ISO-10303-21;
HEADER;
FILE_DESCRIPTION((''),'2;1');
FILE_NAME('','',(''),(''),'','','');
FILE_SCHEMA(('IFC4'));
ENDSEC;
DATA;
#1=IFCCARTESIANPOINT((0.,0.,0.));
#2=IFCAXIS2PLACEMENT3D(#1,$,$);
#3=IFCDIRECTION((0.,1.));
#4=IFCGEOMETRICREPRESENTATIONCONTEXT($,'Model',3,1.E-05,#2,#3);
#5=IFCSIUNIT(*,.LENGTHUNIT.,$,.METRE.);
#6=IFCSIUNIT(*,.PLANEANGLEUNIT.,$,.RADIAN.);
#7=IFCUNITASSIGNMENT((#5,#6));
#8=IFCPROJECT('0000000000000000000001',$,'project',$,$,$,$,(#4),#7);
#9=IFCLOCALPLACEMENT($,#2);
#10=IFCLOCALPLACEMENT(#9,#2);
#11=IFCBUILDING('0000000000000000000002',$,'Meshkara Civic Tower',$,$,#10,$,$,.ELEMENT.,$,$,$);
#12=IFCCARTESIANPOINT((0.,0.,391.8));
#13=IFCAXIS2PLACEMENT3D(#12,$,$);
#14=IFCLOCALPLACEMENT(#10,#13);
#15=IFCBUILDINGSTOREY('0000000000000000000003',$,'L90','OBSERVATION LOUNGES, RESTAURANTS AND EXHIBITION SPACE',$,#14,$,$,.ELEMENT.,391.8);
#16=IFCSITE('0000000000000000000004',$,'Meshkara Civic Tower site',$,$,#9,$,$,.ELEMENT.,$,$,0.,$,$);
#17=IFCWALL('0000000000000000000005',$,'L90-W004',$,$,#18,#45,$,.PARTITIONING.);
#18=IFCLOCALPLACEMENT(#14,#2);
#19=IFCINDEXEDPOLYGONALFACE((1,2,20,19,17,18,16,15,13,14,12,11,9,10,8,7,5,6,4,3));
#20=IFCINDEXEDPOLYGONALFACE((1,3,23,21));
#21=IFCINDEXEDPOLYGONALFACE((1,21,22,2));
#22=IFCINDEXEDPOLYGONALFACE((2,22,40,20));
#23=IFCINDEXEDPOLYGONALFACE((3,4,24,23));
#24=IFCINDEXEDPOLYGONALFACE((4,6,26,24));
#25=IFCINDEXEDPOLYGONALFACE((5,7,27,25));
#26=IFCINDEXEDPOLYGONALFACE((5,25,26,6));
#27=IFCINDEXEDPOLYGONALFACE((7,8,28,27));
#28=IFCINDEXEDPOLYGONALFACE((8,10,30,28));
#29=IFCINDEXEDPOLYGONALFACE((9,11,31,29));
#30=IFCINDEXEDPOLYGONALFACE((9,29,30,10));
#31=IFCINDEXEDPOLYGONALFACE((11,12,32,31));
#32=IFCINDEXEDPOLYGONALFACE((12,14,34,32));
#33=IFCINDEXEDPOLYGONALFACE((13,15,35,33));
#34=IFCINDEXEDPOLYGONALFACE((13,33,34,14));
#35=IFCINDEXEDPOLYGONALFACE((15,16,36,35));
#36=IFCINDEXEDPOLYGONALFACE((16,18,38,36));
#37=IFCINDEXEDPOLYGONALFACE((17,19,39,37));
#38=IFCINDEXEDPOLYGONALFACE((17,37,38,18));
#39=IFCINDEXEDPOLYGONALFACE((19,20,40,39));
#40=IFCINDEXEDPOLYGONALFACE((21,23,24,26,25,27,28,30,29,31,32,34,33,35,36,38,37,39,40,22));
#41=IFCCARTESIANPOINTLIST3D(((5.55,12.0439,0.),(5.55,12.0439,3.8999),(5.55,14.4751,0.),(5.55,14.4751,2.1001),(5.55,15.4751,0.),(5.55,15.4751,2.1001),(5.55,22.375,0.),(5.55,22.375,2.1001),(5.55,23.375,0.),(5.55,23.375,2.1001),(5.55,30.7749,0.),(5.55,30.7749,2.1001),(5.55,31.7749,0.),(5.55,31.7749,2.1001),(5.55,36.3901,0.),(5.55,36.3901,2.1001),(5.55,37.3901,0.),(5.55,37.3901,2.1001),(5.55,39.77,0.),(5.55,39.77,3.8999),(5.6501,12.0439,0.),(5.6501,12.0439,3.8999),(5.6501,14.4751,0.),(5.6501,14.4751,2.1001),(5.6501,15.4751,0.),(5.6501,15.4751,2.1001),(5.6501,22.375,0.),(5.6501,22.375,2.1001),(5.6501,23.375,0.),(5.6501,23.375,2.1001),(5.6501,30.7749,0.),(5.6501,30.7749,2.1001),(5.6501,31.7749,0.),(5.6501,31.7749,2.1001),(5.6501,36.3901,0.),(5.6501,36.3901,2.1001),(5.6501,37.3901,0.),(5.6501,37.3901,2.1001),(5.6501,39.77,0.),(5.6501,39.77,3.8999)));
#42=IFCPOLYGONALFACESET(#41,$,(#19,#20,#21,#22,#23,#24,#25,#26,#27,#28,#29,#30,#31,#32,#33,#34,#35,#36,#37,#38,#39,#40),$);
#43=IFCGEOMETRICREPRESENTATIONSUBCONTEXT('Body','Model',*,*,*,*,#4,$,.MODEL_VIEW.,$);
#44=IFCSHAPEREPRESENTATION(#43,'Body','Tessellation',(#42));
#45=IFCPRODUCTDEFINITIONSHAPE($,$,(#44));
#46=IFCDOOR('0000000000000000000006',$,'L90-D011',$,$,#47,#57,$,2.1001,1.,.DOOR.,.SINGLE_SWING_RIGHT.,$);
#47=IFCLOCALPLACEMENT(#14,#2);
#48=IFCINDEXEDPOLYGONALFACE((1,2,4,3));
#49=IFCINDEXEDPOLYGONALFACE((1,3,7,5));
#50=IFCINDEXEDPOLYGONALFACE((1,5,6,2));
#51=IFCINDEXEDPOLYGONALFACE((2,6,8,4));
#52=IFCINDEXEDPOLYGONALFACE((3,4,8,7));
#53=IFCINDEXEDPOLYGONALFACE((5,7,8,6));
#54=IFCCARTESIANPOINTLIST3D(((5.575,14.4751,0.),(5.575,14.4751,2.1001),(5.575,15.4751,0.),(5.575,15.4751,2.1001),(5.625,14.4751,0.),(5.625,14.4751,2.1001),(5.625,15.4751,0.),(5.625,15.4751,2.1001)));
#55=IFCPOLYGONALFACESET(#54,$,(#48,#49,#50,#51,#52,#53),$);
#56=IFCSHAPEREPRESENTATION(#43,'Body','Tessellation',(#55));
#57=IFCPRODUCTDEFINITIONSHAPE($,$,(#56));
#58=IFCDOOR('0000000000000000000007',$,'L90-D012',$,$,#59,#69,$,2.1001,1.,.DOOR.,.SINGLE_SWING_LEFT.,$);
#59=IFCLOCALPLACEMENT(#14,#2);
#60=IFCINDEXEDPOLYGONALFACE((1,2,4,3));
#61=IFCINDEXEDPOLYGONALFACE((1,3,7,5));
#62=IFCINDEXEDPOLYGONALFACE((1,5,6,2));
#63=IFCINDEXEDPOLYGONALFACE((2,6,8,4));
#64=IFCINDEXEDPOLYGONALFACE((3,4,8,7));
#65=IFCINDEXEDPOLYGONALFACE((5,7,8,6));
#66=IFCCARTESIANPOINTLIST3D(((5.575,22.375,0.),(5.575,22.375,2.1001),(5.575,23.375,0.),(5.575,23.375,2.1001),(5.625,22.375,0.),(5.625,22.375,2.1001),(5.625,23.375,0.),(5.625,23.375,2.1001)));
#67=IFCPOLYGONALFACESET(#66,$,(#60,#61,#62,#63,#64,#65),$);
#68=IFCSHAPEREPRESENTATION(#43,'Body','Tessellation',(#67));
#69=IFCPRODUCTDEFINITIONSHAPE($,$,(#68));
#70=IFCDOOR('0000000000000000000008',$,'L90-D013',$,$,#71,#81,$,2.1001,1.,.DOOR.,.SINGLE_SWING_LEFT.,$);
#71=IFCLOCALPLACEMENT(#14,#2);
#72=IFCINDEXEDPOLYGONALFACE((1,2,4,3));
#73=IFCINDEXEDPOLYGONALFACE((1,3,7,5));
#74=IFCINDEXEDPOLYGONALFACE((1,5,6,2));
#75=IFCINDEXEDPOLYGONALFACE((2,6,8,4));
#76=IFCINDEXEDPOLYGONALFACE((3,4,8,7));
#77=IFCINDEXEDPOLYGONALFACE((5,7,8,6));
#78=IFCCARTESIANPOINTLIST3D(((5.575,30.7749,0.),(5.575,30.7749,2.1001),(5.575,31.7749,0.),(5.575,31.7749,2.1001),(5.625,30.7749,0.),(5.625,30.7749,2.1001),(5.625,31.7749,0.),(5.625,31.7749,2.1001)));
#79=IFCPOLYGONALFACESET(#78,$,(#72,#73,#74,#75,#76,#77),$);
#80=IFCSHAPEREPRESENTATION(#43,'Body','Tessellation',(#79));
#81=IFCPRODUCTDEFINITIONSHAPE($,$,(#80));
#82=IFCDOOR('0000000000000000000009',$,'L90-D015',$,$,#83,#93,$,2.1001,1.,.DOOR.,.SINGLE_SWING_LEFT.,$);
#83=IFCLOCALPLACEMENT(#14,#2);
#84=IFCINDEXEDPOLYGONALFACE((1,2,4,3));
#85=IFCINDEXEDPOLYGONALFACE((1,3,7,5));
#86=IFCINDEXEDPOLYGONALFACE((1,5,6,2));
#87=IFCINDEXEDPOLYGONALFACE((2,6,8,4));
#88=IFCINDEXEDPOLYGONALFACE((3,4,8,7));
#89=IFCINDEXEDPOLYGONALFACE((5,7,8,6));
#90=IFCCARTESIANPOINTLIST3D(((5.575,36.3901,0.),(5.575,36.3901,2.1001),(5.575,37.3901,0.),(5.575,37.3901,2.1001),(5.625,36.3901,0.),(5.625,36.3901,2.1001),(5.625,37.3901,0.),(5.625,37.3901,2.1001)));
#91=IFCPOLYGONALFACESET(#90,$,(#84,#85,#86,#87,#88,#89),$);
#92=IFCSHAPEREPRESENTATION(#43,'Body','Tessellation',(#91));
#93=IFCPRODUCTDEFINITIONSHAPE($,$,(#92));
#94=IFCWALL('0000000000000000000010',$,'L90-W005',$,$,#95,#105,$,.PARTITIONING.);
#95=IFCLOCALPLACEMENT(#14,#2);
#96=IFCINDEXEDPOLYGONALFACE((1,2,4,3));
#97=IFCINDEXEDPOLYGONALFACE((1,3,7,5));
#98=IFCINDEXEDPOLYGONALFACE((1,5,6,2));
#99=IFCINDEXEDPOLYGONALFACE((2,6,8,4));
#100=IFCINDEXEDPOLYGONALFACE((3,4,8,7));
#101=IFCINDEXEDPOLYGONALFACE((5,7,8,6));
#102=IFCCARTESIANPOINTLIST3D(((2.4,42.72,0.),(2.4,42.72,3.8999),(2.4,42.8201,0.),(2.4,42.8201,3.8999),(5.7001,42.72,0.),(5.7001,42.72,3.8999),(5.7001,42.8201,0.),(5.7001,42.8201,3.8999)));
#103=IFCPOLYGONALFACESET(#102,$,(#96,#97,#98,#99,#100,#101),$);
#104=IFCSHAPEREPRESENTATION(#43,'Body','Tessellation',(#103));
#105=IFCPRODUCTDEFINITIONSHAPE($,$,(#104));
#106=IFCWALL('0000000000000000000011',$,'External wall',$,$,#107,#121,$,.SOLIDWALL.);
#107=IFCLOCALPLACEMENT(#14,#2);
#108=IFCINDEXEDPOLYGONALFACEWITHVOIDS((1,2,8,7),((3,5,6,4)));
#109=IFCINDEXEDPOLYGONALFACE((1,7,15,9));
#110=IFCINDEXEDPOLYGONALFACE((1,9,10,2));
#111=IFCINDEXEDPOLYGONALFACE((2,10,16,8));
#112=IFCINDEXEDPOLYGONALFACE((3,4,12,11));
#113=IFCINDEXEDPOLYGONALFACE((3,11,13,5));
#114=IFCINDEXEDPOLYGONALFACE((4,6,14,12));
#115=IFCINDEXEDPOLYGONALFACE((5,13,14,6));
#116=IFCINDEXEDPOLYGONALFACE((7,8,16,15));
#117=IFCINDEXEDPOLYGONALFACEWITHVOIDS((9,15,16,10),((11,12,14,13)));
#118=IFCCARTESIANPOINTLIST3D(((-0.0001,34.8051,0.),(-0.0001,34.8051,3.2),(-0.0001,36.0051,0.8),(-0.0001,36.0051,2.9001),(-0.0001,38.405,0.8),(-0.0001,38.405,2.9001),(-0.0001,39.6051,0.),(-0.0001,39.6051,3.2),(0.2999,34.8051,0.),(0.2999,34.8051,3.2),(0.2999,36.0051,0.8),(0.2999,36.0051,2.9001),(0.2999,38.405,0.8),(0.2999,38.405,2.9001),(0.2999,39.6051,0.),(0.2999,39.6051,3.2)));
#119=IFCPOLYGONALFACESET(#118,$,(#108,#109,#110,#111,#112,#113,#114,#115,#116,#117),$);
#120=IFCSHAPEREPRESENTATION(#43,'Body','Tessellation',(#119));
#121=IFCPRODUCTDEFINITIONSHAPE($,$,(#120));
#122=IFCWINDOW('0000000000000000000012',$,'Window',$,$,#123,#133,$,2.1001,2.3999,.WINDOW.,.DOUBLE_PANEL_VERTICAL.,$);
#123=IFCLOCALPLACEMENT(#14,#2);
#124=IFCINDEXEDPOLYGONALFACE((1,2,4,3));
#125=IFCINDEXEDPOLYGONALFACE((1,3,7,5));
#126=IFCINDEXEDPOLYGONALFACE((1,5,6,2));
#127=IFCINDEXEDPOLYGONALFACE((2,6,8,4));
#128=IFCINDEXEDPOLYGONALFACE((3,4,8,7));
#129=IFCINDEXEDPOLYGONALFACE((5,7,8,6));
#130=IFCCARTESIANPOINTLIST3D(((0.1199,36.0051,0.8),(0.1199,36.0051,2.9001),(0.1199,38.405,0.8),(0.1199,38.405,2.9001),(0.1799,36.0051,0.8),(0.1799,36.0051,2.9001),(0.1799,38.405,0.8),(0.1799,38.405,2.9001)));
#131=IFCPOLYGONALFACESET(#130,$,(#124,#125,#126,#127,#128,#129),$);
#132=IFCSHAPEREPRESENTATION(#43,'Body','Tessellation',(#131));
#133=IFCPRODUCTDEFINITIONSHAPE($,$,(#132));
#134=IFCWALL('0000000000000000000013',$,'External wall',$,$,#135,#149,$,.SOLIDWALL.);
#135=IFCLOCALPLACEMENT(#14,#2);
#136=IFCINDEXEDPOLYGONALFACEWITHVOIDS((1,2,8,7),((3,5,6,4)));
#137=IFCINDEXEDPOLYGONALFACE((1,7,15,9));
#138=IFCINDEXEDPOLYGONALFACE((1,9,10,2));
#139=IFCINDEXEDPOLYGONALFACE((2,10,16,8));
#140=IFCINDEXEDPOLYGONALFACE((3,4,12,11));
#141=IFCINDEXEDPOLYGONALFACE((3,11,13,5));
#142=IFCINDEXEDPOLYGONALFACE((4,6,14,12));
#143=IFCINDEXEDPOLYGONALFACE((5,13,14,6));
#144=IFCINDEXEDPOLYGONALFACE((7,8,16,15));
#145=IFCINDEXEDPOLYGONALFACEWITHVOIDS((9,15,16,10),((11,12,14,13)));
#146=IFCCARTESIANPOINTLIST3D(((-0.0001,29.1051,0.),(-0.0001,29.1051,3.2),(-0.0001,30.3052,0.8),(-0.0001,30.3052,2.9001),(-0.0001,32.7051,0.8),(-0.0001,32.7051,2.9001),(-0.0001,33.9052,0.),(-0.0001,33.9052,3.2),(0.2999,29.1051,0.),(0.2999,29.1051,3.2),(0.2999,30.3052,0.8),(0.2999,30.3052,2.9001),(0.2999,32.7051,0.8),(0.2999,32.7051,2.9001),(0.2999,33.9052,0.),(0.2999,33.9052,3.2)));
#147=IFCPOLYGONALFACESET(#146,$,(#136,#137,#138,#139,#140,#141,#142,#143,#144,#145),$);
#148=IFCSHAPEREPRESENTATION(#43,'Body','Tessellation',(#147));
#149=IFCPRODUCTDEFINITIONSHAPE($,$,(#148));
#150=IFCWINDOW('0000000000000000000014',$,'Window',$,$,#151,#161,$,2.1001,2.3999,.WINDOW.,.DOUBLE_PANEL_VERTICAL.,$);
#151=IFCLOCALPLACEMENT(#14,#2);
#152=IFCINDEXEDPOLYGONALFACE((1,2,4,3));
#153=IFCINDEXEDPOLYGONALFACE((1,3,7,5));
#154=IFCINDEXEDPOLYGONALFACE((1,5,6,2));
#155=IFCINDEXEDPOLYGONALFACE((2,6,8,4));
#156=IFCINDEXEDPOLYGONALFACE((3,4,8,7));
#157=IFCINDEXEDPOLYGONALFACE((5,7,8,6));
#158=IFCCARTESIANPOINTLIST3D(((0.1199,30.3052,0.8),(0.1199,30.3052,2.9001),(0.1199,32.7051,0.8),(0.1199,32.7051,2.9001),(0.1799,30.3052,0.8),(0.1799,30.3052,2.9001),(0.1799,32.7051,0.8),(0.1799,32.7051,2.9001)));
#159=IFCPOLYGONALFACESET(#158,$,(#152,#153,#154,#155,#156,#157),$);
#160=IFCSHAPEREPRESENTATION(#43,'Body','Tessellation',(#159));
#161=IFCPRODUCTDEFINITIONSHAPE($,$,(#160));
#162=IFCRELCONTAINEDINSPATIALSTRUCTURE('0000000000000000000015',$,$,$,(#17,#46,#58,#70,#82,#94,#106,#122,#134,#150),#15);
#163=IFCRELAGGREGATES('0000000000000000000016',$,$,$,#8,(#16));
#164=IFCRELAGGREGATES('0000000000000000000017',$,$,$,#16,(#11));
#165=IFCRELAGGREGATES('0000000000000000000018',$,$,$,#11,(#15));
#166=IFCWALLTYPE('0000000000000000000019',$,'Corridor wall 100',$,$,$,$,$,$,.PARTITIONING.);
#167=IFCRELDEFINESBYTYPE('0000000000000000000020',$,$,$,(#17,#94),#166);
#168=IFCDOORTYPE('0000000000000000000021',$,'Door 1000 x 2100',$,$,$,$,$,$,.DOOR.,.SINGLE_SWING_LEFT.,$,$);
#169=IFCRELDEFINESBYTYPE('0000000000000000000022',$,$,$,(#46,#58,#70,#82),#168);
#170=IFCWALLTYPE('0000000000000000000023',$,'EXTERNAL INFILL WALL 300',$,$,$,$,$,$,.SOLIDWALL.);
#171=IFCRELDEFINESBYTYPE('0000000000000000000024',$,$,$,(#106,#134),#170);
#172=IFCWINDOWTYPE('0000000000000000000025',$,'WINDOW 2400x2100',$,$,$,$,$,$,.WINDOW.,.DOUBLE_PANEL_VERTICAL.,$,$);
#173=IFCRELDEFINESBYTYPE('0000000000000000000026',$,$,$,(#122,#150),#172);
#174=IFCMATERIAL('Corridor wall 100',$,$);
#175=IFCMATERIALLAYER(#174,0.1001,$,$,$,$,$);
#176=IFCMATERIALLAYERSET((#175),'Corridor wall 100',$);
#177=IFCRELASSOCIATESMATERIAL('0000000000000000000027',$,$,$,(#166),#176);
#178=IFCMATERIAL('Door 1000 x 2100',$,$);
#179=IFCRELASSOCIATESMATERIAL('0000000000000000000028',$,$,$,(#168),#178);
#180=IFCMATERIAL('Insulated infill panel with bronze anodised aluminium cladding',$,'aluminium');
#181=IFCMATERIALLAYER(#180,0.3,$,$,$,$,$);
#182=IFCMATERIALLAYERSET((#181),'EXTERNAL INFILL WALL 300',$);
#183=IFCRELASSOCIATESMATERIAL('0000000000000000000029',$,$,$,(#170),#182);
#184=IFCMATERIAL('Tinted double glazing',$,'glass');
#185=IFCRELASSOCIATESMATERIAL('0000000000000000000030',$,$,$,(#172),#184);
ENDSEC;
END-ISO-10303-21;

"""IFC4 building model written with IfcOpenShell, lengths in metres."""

from ifc_helpers import new_model, si_unit, direction, frame, frame_2d, origin, place, context, subcontext, project, spatial, rectangle, extrude, material, layer, layer_set, type_object, element, fill, save


model = new_model("IFC4")

# Units and contexts
model_context = context("Model", 3, precision=1e-05, world=origin(), true_north=direction((0.0, 1.0)))
body_context = subcontext(model_context, "Body", "Model", "MODEL_VIEW")
ifc_project = project(units=[si_unit("LENGTHUNIT", "METRE"), si_unit("PLANEANGLEUNIT", "RADIAN")], contexts=[model_context])

# Site, building, storey
site_placement = place(None, origin())
site = spatial("IfcSite", under=ifc_project, at=site_placement, Name="Meshkara Civic Tower site", CompositionType="ELEMENT", RefElevation=0.0)
building_placement = place(site_placement, origin())
building = spatial("IfcBuilding", under=site, at=building_placement, Name="Meshkara Civic Tower", CompositionType="ELEMENT")
storey_placement = place(building_placement, frame((0.0, 0.0, 391.8)))
storey = spatial("IfcBuildingStorey", under=building, at=storey_placement, Name="L90", Description="OBSERVATION LOUNGES, RESTAURANTS AND EXHIBITION SPACE", CompositionType="ELEMENT", Elevation=391.8)

# Shared definitions
ifc_material_1 = material(Name="Corridor wall 100")
ifc_layer_1 = layer(ifc_material_1, 0.1001)
ifc_layer_set_1 = layer_set([ifc_layer_1], Name="Corridor wall 100")
wall_type_1 = type_object("IfcWallType", Name="Corridor wall 100", PredefinedType="PARTITIONING", material=ifc_layer_set_1)

# Wall, openings, doors
wall_1_placement = place(storey_placement, frame((5.6001, 39.77, 0.0), z_axis=(0.0, 0.0, 1.0), x_axis=(0.0, -1.0, 0.0)))
wall_1 = element("IfcWall", 1, at=wall_1_placement, inside=storey, type_object=wall_type_1, Name="L90-W004", PredefinedType="PARTITIONING", context=body_context, shape_type="SweptSolid", body=[
    extrude(rectangle(XDim=27.7261, YDim=0.1001, at=frame_2d((13.863, 0.0))), origin(), (0.0, 0.0, 1.0), 3.8999),
])
opening_1_placement = place(wall_1_placement, frame((24.2949, 0.0, 0.0)))
opening_1 = element("IfcOpeningElement", 2, at=opening_1_placement, cuts=wall_1, PredefinedType="OPENING", context=body_context, shape_type="SweptSolid", body=[
    extrude(rectangle(XDim=1.0, YDim=2.1001, at=frame_2d((0.5, 1.05))), frame((0.0, 0.0601, 0.0), z_axis=(0.0, -1.0, 0.0), x_axis=(1.0, 0.0, 0.0)), (0.0, 0.0, 1.0), 0.1201),
])
opening_2_placement = place(wall_1_placement, frame((16.395, 0.0, 0.0)))
opening_2 = element("IfcOpeningElement", 3, at=opening_2_placement, cuts=wall_1, PredefinedType="OPENING", context=body_context, shape_type="SweptSolid", body=[
    extrude(rectangle(XDim=1.0, YDim=2.1001, at=frame_2d((0.5, 1.05))), frame((0.0, 0.0601, 0.0), z_axis=(0.0, -1.0, 0.0), x_axis=(1.0, 0.0, 0.0)), (0.0, 0.0, 1.0), 0.1201),
])
opening_3_placement = place(wall_1_placement, frame((7.9951, 0.0, 0.0)))
opening_3 = element("IfcOpeningElement", 4, at=opening_3_placement, cuts=wall_1, PredefinedType="OPENING", context=body_context, shape_type="SweptSolid", body=[
    extrude(rectangle(XDim=1.0, YDim=2.1001, at=frame_2d((0.5, 1.05))), frame((0.0, 0.0601, 0.0), z_axis=(0.0, -1.0, 0.0), x_axis=(1.0, 0.0, 0.0)), (0.0, 0.0, 1.0), 0.1201),
])
opening_4_placement = place(wall_1_placement, frame((2.3799, 0.0, 0.0)))
opening_4 = element("IfcOpeningElement", 5, at=opening_4_placement, cuts=wall_1, PredefinedType="OPENING", context=body_context, shape_type="SweptSolid", body=[
    extrude(rectangle(XDim=1.0, YDim=2.1001, at=frame_2d((0.5, 1.05))), frame((0.0, 0.0601, 0.0), z_axis=(0.0, -1.0, 0.0), x_axis=(1.0, 0.0, 0.0)), (0.0, 0.0, 1.0), 0.1201),
])
ifc_material_2 = material(Name="Door 1000 x 2100")
door_type_1 = type_object("IfcDoorType", Name="Door 1000 x 2100", OperationType="SINGLE_SWING_LEFT", PredefinedType="DOOR", material=ifc_material_2)
door_1_placement = place(opening_1_placement, origin())
door_1 = element("IfcDoor", 6, at=door_1_placement, inside=storey, type_object=door_type_1, Name="L90-D011", OperationType="SINGLE_SWING_RIGHT", OverallHeight=2.1001, OverallWidth=1.0, PredefinedType="DOOR", context=body_context, shape_type="SweptSolid", body=[
    extrude(rectangle(XDim=1.0, YDim=2.1001, at=frame_2d((0.5, 1.05))), frame((0.0, 0.0249, 0.0), z_axis=(0.0, -1.0, 0.0), x_axis=(1.0, 0.0, 0.0)), (0.0, 0.0, 1.0), 0.05),
])
fill(opening_1, door_1)
door_2_placement = place(opening_2_placement, origin())
door_2 = element("IfcDoor", 7, at=door_2_placement, inside=storey, type_object=door_type_1, Name="L90-D012", OperationType="SINGLE_SWING_LEFT", OverallHeight=2.1001, OverallWidth=1.0, PredefinedType="DOOR", context=body_context, shape_type="SweptSolid", body=[
    extrude(rectangle(XDim=1.0, YDim=2.1001, at=frame_2d((0.5, 1.05))), frame((0.0, 0.0249, 0.0), z_axis=(0.0, -1.0, 0.0), x_axis=(1.0, 0.0, 0.0)), (0.0, 0.0, 1.0), 0.05),
])
fill(opening_2, door_2)
door_3_placement = place(opening_3_placement, origin())
door_3 = element("IfcDoor", 8, at=door_3_placement, inside=storey, type_object=door_type_1, Name="L90-D013", OperationType="SINGLE_SWING_LEFT", OverallHeight=2.1001, OverallWidth=1.0, PredefinedType="DOOR", context=body_context, shape_type="SweptSolid", body=[
    extrude(rectangle(XDim=1.0, YDim=2.1001, at=frame_2d((0.5, 1.05))), frame((0.0, 0.0249, 0.0), z_axis=(0.0, -1.0, 0.0), x_axis=(1.0, 0.0, 0.0)), (0.0, 0.0, 1.0), 0.05),
])
fill(opening_3, door_3)
door_4_placement = place(opening_4_placement, origin())
door_4 = element("IfcDoor", 9, at=door_4_placement, inside=storey, type_object=door_type_1, Name="L90-D015", OperationType="SINGLE_SWING_LEFT", OverallHeight=2.1001, OverallWidth=1.0, PredefinedType="DOOR", context=body_context, shape_type="SweptSolid", body=[
    extrude(rectangle(XDim=1.0, YDim=2.1001, at=frame_2d((0.5, 1.05))), frame((0.0, 0.0249, 0.0), z_axis=(0.0, -1.0, 0.0), x_axis=(1.0, 0.0, 0.0)), (0.0, 0.0, 1.0), 0.05),
])
fill(opening_4, door_4)

# Wall
wall_2_placement = place(storey_placement, frame((5.7, 42.77, 0.0), z_axis=(0.0, 0.0, 1.0), x_axis=(-1.0, 0.0, 0.0)))
element("IfcWall", 10, at=wall_2_placement, inside=storey, type_object=wall_type_1, Name="L90-W005", PredefinedType="PARTITIONING", context=body_context, shape_type="SweptSolid", body=[
    extrude(rectangle(XDim=3.3, YDim=0.1001, at=frame_2d((1.6499, 0.0))), origin(), (0.0, 0.0, 1.0), 3.8999),
])

# Walls, openings, windows
ifc_material_3 = material(Name="Insulated infill panel with bronze anodised aluminium cladding", Category="aluminium")
ifc_layer_2 = layer(ifc_material_3, 0.3)
ifc_layer_set_2 = layer_set([ifc_layer_2], Name="EXTERNAL INFILL WALL 300")
wall_type_2 = type_object("IfcWallType", Name="EXTERNAL INFILL WALL 300", PredefinedType="SOLIDWALL", material=ifc_layer_set_2)
wall_3_placement = place(storey_placement, frame((0.1499, 39.605, 0.0), z_axis=(0.0, 0.0, 1.0), x_axis=(0.0, -1.0, 0.0)))
wall_3 = element("IfcWall", 11, at=wall_3_placement, inside=storey, type_object=wall_type_2, Name="External wall", PredefinedType="SOLIDWALL", context=body_context, shape_type="SweptSolid", body=[
    extrude(rectangle(XDim=4.8, YDim=0.3, at=frame_2d((2.3999, 0.0))), origin(), (0.0, 0.0, 1.0), 3.2),
])
opening_5_placement = place(wall_3_placement, frame((1.2, 0.0, 0.8)))
opening_5 = element("IfcOpeningElement", 12, at=opening_5_placement, cuts=wall_3, PredefinedType="OPENING", context=body_context, shape_type="SweptSolid", body=[
    extrude(rectangle(XDim=2.3999, YDim=2.1001, at=frame_2d((1.2, 1.05))), frame((0.0, 0.1599, 0.0), z_axis=(0.0, -1.0, 0.0), x_axis=(1.0, 0.0, 0.0)), (0.0, 0.0, 1.0), 0.3201),
])
ifc_material_4 = material(Name="Tinted double glazing", Category="glass")
window_type = type_object("IfcWindowType", Name="WINDOW 2400x2100", PartitioningType="DOUBLE_PANEL_VERTICAL", PredefinedType="WINDOW", material=ifc_material_4)
window_1_placement = place(opening_5_placement, origin())
window_1 = element("IfcWindow", 13, at=window_1_placement, inside=storey, type_object=window_type, Name="Window", OverallHeight=2.1001, OverallWidth=2.3999, PartitioningType="DOUBLE_PANEL_VERTICAL", PredefinedType="WINDOW", context=body_context, shape_type="SweptSolid", body=[
    extrude(rectangle(XDim=2.3999, YDim=2.1001, at=frame_2d((1.2, 1.05))), frame((0.0, 0.03, 0.0), z_axis=(0.0, -1.0, 0.0), x_axis=(1.0, 0.0, 0.0)), (0.0, 0.0, 1.0), 0.0601),
])
fill(opening_5, window_1)
wall_4_placement = place(storey_placement, frame((0.1499, 33.905, 0.0), z_axis=(0.0, 0.0, 1.0), x_axis=(0.0, -1.0, 0.0)))
wall_4 = element("IfcWall", 14, at=wall_4_placement, inside=storey, type_object=wall_type_2, Name="External wall", PredefinedType="SOLIDWALL", context=body_context, shape_type="SweptSolid", body=[
    extrude(rectangle(XDim=4.8, YDim=0.3, at=frame_2d((2.3999, 0.0))), origin(), (0.0, 0.0, 1.0), 3.2),
])
opening_6_placement = place(wall_4_placement, frame((1.2, 0.0, 0.8)))
opening_6 = element("IfcOpeningElement", 15, at=opening_6_placement, cuts=wall_4, PredefinedType="OPENING", context=body_context, shape_type="SweptSolid", body=[
    extrude(rectangle(XDim=2.3999, YDim=2.1001, at=frame_2d((1.2, 1.05))), frame((0.0, 0.1599, 0.0), z_axis=(0.0, -1.0, 0.0), x_axis=(1.0, 0.0, 0.0)), (0.0, 0.0, 1.0), 0.3201),
])
window_2_placement = place(opening_6_placement, origin())
window_2 = element("IfcWindow", 16, at=window_2_placement, inside=storey, type_object=window_type, Name="Window", OverallHeight=2.1001, OverallWidth=2.3999, PartitioningType="DOUBLE_PANEL_VERTICAL", PredefinedType="WINDOW", context=body_context, shape_type="SweptSolid", body=[
    extrude(rectangle(XDim=2.3999, YDim=2.1001, at=frame_2d((1.2, 1.05))), frame((0.0, 0.03, 0.0), z_axis=(0.0, -1.0, 0.0), x_axis=(1.0, 0.0, 0.0)), (0.0, 0.0, 1.0), 0.0601),
])
fill(opening_6, window_2)

save(model, "model.ifc")
